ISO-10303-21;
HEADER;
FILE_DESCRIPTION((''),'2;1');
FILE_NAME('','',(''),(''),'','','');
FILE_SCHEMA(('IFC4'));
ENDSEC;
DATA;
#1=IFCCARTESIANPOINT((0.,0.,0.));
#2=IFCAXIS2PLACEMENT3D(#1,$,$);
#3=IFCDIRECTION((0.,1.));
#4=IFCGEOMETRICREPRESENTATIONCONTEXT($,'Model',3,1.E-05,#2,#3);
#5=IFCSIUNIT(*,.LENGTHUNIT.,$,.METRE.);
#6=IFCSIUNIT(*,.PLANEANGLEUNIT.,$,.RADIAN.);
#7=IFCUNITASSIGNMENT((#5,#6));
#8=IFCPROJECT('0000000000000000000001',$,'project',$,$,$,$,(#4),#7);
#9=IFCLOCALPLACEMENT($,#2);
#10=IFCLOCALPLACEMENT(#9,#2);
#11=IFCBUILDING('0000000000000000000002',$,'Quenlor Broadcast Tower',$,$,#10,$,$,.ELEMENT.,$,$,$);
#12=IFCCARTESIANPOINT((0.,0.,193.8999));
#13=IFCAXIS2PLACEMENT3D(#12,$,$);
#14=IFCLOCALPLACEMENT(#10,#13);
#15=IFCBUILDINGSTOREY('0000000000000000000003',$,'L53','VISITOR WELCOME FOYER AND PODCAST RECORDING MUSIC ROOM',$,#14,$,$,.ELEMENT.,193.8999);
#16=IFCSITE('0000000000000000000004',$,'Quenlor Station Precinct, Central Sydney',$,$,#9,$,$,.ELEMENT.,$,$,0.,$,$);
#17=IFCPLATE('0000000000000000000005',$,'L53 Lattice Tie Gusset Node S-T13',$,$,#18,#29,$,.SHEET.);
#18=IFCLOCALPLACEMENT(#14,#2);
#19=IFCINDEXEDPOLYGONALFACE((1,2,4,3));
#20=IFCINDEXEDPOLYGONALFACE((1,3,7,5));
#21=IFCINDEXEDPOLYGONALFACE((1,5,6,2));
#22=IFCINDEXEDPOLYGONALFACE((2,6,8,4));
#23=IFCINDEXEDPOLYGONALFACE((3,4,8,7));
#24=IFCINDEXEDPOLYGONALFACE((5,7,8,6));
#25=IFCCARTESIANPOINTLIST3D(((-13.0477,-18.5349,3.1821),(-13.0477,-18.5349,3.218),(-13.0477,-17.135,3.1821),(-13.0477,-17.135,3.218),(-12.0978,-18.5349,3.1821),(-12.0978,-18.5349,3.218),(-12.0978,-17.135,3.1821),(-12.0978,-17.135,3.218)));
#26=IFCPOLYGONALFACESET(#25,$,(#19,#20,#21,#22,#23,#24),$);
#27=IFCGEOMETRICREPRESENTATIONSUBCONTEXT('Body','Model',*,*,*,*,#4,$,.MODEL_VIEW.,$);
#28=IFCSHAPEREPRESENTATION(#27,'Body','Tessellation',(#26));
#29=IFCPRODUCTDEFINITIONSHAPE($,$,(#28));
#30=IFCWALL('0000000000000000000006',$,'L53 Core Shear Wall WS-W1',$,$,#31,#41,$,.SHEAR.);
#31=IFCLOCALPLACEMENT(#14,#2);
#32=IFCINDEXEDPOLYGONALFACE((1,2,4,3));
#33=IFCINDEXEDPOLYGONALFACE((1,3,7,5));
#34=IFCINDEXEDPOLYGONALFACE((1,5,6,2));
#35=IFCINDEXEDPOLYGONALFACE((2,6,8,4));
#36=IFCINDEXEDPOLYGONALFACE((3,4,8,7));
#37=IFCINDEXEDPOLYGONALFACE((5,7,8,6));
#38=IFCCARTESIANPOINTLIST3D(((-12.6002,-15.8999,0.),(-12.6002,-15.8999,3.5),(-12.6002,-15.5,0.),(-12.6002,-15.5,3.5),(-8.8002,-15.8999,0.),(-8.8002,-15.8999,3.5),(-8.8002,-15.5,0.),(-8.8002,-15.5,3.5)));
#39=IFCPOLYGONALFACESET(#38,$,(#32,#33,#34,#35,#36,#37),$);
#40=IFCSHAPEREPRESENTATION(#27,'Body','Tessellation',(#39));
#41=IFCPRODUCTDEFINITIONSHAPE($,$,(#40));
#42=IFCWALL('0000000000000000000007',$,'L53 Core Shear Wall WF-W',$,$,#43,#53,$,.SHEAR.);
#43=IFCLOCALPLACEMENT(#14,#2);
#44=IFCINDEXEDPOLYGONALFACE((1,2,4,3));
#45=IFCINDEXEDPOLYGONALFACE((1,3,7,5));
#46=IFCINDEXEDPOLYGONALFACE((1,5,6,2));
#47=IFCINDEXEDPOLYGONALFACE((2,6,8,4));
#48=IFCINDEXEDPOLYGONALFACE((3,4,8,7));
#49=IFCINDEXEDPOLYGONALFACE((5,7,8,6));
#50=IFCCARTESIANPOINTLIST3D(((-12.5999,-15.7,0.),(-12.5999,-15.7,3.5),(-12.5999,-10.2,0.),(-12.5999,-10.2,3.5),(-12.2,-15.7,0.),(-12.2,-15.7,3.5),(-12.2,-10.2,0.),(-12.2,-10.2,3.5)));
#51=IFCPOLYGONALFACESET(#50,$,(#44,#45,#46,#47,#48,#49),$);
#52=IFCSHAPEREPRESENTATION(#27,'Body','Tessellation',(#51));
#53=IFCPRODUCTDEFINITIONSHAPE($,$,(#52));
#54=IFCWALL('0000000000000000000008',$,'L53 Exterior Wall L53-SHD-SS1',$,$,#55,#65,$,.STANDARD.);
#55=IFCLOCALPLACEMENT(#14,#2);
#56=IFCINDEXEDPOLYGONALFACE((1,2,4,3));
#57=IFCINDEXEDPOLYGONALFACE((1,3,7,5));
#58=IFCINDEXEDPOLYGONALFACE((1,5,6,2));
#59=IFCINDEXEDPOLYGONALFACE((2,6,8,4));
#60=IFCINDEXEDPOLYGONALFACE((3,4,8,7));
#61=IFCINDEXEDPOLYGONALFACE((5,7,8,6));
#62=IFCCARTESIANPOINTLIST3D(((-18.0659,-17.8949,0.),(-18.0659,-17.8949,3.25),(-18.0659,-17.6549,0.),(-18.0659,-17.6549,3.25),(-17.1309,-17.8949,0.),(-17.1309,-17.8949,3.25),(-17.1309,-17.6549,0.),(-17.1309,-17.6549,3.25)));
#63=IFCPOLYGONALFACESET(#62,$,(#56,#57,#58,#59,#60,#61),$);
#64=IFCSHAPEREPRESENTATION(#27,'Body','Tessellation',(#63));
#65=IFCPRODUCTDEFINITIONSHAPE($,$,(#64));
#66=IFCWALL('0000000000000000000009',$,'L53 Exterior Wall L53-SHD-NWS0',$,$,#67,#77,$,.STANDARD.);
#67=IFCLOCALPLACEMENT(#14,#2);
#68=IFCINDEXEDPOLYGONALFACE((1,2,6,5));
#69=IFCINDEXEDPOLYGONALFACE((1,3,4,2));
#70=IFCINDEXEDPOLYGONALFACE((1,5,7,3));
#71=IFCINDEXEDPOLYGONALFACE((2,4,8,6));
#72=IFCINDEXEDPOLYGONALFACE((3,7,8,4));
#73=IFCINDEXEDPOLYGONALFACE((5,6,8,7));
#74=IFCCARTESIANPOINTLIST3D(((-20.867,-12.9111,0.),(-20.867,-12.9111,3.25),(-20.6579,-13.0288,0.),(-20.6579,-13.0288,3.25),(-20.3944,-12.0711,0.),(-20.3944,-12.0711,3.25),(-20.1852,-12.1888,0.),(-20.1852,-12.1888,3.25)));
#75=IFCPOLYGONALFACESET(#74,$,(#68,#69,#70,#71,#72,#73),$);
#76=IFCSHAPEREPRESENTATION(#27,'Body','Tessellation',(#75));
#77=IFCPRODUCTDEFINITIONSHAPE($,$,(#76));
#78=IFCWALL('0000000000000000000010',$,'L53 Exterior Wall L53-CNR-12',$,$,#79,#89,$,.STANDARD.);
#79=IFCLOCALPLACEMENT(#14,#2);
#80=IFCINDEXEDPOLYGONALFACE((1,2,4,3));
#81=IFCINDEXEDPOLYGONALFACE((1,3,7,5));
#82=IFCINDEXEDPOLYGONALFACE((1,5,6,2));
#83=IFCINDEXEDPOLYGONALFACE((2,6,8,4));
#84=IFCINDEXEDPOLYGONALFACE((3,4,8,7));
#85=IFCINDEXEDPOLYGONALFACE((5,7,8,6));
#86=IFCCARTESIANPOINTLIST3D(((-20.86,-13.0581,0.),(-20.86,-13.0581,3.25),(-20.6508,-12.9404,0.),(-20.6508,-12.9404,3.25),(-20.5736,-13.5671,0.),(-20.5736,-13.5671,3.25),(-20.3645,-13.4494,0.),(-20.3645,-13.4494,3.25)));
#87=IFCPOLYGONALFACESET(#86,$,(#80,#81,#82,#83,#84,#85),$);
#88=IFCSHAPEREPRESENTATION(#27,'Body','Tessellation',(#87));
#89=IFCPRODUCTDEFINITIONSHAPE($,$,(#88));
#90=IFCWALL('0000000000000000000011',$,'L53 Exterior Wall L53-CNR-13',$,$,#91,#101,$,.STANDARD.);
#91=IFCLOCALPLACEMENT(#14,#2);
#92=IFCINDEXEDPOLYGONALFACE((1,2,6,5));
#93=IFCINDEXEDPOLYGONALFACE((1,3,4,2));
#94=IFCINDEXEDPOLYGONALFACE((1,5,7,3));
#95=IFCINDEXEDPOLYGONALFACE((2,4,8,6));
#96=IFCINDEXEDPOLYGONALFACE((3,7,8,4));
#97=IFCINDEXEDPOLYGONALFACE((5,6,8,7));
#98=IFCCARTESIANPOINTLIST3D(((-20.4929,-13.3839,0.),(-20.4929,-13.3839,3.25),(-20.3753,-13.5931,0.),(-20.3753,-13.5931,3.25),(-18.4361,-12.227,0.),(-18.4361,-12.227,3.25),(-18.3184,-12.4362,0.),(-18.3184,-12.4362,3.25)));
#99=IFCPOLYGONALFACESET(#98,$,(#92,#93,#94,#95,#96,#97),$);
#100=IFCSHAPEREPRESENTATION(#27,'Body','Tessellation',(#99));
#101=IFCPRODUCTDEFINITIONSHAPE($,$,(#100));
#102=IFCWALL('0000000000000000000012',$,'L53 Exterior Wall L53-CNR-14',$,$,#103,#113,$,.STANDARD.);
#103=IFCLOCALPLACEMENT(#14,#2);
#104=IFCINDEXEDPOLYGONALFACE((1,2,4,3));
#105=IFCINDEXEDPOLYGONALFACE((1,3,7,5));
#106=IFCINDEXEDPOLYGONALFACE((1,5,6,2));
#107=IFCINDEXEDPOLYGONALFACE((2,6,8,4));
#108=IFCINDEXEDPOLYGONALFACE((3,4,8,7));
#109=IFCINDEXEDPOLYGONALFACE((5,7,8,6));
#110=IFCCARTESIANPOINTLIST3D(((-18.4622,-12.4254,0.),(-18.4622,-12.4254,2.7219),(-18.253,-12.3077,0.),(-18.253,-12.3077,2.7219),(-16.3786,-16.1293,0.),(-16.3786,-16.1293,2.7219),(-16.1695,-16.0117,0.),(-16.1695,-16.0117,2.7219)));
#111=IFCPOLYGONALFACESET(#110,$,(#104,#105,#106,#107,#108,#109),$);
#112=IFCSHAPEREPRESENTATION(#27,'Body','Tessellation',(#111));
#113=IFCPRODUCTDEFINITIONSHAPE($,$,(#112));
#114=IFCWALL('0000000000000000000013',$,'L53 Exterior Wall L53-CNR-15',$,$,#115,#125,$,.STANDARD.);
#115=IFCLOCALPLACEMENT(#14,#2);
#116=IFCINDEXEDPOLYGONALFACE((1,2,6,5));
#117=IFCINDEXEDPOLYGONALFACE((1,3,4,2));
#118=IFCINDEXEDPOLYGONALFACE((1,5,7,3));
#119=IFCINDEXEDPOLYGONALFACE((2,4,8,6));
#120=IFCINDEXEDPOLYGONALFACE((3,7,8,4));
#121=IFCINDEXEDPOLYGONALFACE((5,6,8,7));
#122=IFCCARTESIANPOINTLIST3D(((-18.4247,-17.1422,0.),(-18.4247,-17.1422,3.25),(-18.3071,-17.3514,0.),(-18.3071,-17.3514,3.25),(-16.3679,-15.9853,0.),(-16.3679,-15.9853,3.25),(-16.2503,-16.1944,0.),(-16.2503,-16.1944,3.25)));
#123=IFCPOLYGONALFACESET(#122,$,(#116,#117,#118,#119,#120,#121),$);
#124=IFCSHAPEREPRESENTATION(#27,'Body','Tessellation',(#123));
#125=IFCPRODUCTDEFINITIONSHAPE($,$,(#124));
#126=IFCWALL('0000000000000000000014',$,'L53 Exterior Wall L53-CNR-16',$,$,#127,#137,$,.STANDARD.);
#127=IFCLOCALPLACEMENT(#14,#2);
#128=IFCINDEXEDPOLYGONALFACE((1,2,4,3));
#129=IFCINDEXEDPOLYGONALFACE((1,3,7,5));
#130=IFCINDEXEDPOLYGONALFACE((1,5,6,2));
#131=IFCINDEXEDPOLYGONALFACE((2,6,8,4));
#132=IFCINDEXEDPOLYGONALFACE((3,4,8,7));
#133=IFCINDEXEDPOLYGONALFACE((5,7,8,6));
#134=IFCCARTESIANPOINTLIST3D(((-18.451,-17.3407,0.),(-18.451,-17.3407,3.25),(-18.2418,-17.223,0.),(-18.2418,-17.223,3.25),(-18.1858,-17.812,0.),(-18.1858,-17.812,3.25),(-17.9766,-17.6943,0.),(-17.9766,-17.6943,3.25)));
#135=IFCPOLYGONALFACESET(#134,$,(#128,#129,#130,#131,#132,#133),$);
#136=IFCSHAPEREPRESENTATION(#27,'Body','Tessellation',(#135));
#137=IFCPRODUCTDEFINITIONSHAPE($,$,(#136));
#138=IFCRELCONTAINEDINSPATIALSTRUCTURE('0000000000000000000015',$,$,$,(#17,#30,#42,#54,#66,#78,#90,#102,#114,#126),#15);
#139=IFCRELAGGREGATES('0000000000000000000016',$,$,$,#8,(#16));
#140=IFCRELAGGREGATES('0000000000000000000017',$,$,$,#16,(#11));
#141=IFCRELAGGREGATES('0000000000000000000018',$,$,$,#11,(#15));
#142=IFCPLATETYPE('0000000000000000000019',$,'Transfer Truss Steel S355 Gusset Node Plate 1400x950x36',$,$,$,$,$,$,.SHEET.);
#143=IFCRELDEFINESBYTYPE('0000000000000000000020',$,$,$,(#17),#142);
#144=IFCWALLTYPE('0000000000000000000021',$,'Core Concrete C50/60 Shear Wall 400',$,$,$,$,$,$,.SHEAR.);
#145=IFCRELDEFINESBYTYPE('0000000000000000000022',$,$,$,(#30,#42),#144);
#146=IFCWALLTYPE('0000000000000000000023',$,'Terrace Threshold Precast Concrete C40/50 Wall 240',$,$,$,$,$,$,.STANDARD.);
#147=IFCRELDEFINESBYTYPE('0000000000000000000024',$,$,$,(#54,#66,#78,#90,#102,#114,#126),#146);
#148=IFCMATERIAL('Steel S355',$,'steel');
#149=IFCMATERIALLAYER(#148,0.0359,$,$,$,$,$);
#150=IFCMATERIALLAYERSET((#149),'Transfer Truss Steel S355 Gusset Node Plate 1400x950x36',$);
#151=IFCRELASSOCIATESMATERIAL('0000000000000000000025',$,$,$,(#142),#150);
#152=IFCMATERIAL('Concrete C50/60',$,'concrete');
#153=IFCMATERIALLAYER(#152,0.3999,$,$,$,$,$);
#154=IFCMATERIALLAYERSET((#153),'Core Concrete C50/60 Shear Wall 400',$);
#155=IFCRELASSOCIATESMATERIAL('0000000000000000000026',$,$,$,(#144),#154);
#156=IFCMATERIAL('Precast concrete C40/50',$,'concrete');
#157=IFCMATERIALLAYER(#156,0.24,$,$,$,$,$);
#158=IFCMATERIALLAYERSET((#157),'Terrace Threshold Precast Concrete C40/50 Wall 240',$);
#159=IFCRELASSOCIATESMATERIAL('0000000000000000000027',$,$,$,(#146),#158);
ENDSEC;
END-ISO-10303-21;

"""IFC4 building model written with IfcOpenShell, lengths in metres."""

from ifc_helpers import new_model, si_unit, direction, frame, frame_2d, origin, origin_2d, place, context, subcontext, project, spatial, rectangle, extrude, material, layer, layer_set, type_object, element, save


model = new_model("IFC4")

# Units and contexts
model_context = context("Model", 3, precision=1e-05, world=origin(), true_north=direction((0.0, 1.0)))
body_context = subcontext(model_context, "Body", "Model", "MODEL_VIEW")
ifc_project = project(units=[si_unit("LENGTHUNIT", "METRE"), si_unit("PLANEANGLEUNIT", "RADIAN")], contexts=[model_context])

# Site, building, storey
site_placement = place(None, origin())
site = spatial("IfcSite", under=ifc_project, at=site_placement, Name="Quenlor Station Precinct, Central Sydney", CompositionType="ELEMENT", RefElevation=0.0)
building_placement = place(site_placement, origin())
building = spatial("IfcBuilding", under=site, at=building_placement, Name="Quenlor Broadcast Tower", CompositionType="ELEMENT")
storey_placement = place(building_placement, frame((0.0, 0.0, 193.8999)))
storey = spatial("IfcBuildingStorey", under=building, at=storey_placement, Name="L53", Description="VISITOR WELCOME FOYER AND PODCAST RECORDING MUSIC ROOM", CompositionType="ELEMENT", Elevation=193.8999)

# Plate
ifc_material_1 = material(Name="Steel S355", Category="steel")
ifc_layer_1 = layer(ifc_material_1, 0.0359)
ifc_layer_set_1 = layer_set([ifc_layer_1], Name="Transfer Truss Steel S355 Gusset Node Plate 1400x950x36")
plate_type_1 = type_object("IfcPlateType", Name="Transfer Truss Steel S355 Gusset Node Plate 1400x950x36", PredefinedType="SHEET", material=ifc_layer_set_1)
for number, where, z_axis, x_axis, name in (
    (1, (-12.5728, -17.835, 3.1821), (0.0, 0.0, 1.0), (0.0, -1.0, 0.0), "L53 Lattice Tie Gusset Node S-T13"),
):
    element("IfcPlate", number, at=place(storey_placement, frame(where, z_axis=z_axis, x_axis=x_axis)), inside=storey, type_object=plate_type_1, Name=name, PredefinedType="SHEET", context=body_context, shape_type="SweptSolid", body=[
        extrude(rectangle(XDim=1.3999, YDim=0.95, at=origin_2d()), origin(), (0.0, 0.0, 1.0), 0.0359),
    ])

# Walls
ifc_material_2 = material(Name="Concrete C50/60", Category="concrete")
ifc_layer_2 = layer(ifc_material_2, 0.3999)
ifc_layer_set_2 = layer_set([ifc_layer_2], Name="Core Concrete C50/60 Shear Wall 400")
wall_type_1 = type_object("IfcWallType", Name="Core Concrete C50/60 Shear Wall 400", PredefinedType="SHEAR", material=ifc_layer_set_2)
wall_1_placement = place(storey_placement, frame((-12.6001, -15.7, 0.0), z_axis=(0.0, 0.0, 1.0), x_axis=(1.0, 0.0, 0.0)))
element("IfcWall", 2, at=wall_1_placement, inside=storey, type_object=wall_type_1, Name="L53 Core Shear Wall WS-W1", PredefinedType="SHEAR", context=body_context, shape_type="SweptSolid", body=[
    extrude(rectangle(XDim=3.8, YDim=0.3999, at=frame_2d((1.8999, 0.0))), origin(), (0.0, 0.0, 1.0), 3.5),
])
wall_2_placement = place(storey_placement, frame((-12.3999, -15.7, 0.0), z_axis=(0.0, 0.0, 1.0), x_axis=(0.0, 1.0, 0.0)))
element("IfcWall", 3, at=wall_2_placement, inside=storey, type_object=wall_type_1, Name="L53 Core Shear Wall WF-W", PredefinedType="SHEAR", context=body_context, shape_type="SweptSolid", body=[
    extrude(rectangle(XDim=5.5, YDim=0.3999, at=frame_2d((2.75, 0.0))), origin(), (0.0, 0.0, 1.0), 3.5),
])
ifc_material_3 = material(Name="Precast concrete C40/50", Category="concrete")
ifc_layer_3 = layer(ifc_material_3, 0.24)
ifc_layer_set_3 = layer_set([ifc_layer_3], Name="Terrace Threshold Precast Concrete C40/50 Wall 240")
wall_type_2 = type_object("IfcWallType", Name="Terrace Threshold Precast Concrete C40/50 Wall 240", PredefinedType="STANDARD", material=ifc_layer_set_3)
wall_3_placement = place(storey_placement, frame((-17.1309, -17.7749, 0.0), z_axis=(0.0, 0.0, 1.0), x_axis=(-1.0, 0.0, 0.0)))
element("IfcWall", 4, at=wall_3_placement, inside=storey, type_object=wall_type_2, Name="L53 Exterior Wall L53-SHD-SS1", PredefinedType="STANDARD", context=body_context, shape_type="SweptSolid", body=[
    extrude(rectangle(XDim=0.9351, YDim=0.24, at=frame_2d((0.4675, 0.0))), origin(), (0.0, 0.0, 1.0), 3.25),
])
wall_4_placement = place(storey_placement, frame((-20.7625, -12.97, 0.0), z_axis=(0.0, 0.0, 1.0), x_axis=(0.490345, 0.871528, 0.0)))
element("IfcWall", 5, at=wall_4_placement, inside=storey, type_object=wall_type_2, Name="L53 Exterior Wall L53-SHD-NWS0", PredefinedType="STANDARD", context=body_context, shape_type="SweptSolid", body=[
    extrude(rectangle(XDim=0.9639, YDim=0.24, at=frame_2d((0.4819, 0.0))), origin(), (0.0, 0.0, 1.0), 3.25),
])
wall_5_placement = place(storey_placement, frame((-20.7554, -12.9993, 0.0), z_axis=(0.0, 0.0, 1.0), x_axis=(0.490321, -0.871542, 0.0)))
element("IfcWall", 6, at=wall_5_placement, inside=storey, type_object=wall_type_2, Name="L53 Exterior Wall L53-CNR-12", PredefinedType="STANDARD", context=body_context, shape_type="SweptSolid", body=[
    extrude(rectangle(XDim=0.584, YDim=0.24, at=frame_2d((0.292, 0.0))), origin(), (0.0, 0.0, 1.0), 3.25),
])
wall_6_placement = place(storey_placement, frame((-20.4341, -13.4885, 0.0), z_axis=(0.0, 0.0, 1.0), x_axis=(0.871578, 0.490256, 0.0)))
element("IfcWall", 7, at=wall_6_placement, inside=storey, type_object=wall_type_2, Name="L53 Exterior Wall L53-CNR-13", PredefinedType="STANDARD", context=body_context, shape_type="SweptSolid", body=[
    extrude(rectangle(XDim=2.3599, YDim=0.24, at=frame_2d((1.1799, 0.0))), origin(), (0.0, 0.0, 1.0), 3.25),
])
wall_7_placement = place(storey_placement, frame((-18.3577, -12.3665, 0.0), z_axis=(0.0, 0.0, 1.0), x_axis=(0.490275, -0.871568, 0.0)))
element("IfcWall", 8, at=wall_7_placement, inside=storey, type_object=wall_type_2, Name="L53 Exterior Wall L53-CNR-14", PredefinedType="STANDARD", context=body_context, shape_type="SweptSolid", body=[
    extrude(rectangle(XDim=4.2498, YDim=0.24, at=frame_2d((2.125, 0.0))), origin(), (0.0, 0.0, 1.0), 2.7219),
])
wall_8_placement = place(storey_placement, frame((-16.3091, -16.0898, 0.0), z_axis=(0.0, 0.0, 1.0), x_axis=(-0.871578, -0.490256, 0.0)))
element("IfcWall", 9, at=wall_8_placement, inside=storey, type_object=wall_type_2, Name="L53 Exterior Wall L53-CNR-15", PredefinedType="STANDARD", context=body_context, shape_type="SweptSolid", body=[
    extrude(rectangle(XDim=2.3599, YDim=0.24, at=frame_2d((1.1799, 0.0))), origin(), (0.0, 0.0, 1.0), 3.25),
])
wall_9_placement = place(storey_placement, frame((-18.3464, -17.2817, 0.0), z_axis=(0.0, 0.0, 1.0), x_axis=(0.49039, -0.871503, 0.0)))
element("IfcWall", 10, at=wall_9_placement, inside=storey, type_object=wall_type_2, Name="L53 Exterior Wall L53-CNR-16", PredefinedType="STANDARD", context=body_context, shape_type="SweptSolid", body=[
    extrude(rectangle(XDim=0.5408, YDim=0.24, at=frame_2d((0.2705, 0.0))), origin(), (0.0, 0.0, 1.0), 3.25),
])

save(model, "model.ifc")
